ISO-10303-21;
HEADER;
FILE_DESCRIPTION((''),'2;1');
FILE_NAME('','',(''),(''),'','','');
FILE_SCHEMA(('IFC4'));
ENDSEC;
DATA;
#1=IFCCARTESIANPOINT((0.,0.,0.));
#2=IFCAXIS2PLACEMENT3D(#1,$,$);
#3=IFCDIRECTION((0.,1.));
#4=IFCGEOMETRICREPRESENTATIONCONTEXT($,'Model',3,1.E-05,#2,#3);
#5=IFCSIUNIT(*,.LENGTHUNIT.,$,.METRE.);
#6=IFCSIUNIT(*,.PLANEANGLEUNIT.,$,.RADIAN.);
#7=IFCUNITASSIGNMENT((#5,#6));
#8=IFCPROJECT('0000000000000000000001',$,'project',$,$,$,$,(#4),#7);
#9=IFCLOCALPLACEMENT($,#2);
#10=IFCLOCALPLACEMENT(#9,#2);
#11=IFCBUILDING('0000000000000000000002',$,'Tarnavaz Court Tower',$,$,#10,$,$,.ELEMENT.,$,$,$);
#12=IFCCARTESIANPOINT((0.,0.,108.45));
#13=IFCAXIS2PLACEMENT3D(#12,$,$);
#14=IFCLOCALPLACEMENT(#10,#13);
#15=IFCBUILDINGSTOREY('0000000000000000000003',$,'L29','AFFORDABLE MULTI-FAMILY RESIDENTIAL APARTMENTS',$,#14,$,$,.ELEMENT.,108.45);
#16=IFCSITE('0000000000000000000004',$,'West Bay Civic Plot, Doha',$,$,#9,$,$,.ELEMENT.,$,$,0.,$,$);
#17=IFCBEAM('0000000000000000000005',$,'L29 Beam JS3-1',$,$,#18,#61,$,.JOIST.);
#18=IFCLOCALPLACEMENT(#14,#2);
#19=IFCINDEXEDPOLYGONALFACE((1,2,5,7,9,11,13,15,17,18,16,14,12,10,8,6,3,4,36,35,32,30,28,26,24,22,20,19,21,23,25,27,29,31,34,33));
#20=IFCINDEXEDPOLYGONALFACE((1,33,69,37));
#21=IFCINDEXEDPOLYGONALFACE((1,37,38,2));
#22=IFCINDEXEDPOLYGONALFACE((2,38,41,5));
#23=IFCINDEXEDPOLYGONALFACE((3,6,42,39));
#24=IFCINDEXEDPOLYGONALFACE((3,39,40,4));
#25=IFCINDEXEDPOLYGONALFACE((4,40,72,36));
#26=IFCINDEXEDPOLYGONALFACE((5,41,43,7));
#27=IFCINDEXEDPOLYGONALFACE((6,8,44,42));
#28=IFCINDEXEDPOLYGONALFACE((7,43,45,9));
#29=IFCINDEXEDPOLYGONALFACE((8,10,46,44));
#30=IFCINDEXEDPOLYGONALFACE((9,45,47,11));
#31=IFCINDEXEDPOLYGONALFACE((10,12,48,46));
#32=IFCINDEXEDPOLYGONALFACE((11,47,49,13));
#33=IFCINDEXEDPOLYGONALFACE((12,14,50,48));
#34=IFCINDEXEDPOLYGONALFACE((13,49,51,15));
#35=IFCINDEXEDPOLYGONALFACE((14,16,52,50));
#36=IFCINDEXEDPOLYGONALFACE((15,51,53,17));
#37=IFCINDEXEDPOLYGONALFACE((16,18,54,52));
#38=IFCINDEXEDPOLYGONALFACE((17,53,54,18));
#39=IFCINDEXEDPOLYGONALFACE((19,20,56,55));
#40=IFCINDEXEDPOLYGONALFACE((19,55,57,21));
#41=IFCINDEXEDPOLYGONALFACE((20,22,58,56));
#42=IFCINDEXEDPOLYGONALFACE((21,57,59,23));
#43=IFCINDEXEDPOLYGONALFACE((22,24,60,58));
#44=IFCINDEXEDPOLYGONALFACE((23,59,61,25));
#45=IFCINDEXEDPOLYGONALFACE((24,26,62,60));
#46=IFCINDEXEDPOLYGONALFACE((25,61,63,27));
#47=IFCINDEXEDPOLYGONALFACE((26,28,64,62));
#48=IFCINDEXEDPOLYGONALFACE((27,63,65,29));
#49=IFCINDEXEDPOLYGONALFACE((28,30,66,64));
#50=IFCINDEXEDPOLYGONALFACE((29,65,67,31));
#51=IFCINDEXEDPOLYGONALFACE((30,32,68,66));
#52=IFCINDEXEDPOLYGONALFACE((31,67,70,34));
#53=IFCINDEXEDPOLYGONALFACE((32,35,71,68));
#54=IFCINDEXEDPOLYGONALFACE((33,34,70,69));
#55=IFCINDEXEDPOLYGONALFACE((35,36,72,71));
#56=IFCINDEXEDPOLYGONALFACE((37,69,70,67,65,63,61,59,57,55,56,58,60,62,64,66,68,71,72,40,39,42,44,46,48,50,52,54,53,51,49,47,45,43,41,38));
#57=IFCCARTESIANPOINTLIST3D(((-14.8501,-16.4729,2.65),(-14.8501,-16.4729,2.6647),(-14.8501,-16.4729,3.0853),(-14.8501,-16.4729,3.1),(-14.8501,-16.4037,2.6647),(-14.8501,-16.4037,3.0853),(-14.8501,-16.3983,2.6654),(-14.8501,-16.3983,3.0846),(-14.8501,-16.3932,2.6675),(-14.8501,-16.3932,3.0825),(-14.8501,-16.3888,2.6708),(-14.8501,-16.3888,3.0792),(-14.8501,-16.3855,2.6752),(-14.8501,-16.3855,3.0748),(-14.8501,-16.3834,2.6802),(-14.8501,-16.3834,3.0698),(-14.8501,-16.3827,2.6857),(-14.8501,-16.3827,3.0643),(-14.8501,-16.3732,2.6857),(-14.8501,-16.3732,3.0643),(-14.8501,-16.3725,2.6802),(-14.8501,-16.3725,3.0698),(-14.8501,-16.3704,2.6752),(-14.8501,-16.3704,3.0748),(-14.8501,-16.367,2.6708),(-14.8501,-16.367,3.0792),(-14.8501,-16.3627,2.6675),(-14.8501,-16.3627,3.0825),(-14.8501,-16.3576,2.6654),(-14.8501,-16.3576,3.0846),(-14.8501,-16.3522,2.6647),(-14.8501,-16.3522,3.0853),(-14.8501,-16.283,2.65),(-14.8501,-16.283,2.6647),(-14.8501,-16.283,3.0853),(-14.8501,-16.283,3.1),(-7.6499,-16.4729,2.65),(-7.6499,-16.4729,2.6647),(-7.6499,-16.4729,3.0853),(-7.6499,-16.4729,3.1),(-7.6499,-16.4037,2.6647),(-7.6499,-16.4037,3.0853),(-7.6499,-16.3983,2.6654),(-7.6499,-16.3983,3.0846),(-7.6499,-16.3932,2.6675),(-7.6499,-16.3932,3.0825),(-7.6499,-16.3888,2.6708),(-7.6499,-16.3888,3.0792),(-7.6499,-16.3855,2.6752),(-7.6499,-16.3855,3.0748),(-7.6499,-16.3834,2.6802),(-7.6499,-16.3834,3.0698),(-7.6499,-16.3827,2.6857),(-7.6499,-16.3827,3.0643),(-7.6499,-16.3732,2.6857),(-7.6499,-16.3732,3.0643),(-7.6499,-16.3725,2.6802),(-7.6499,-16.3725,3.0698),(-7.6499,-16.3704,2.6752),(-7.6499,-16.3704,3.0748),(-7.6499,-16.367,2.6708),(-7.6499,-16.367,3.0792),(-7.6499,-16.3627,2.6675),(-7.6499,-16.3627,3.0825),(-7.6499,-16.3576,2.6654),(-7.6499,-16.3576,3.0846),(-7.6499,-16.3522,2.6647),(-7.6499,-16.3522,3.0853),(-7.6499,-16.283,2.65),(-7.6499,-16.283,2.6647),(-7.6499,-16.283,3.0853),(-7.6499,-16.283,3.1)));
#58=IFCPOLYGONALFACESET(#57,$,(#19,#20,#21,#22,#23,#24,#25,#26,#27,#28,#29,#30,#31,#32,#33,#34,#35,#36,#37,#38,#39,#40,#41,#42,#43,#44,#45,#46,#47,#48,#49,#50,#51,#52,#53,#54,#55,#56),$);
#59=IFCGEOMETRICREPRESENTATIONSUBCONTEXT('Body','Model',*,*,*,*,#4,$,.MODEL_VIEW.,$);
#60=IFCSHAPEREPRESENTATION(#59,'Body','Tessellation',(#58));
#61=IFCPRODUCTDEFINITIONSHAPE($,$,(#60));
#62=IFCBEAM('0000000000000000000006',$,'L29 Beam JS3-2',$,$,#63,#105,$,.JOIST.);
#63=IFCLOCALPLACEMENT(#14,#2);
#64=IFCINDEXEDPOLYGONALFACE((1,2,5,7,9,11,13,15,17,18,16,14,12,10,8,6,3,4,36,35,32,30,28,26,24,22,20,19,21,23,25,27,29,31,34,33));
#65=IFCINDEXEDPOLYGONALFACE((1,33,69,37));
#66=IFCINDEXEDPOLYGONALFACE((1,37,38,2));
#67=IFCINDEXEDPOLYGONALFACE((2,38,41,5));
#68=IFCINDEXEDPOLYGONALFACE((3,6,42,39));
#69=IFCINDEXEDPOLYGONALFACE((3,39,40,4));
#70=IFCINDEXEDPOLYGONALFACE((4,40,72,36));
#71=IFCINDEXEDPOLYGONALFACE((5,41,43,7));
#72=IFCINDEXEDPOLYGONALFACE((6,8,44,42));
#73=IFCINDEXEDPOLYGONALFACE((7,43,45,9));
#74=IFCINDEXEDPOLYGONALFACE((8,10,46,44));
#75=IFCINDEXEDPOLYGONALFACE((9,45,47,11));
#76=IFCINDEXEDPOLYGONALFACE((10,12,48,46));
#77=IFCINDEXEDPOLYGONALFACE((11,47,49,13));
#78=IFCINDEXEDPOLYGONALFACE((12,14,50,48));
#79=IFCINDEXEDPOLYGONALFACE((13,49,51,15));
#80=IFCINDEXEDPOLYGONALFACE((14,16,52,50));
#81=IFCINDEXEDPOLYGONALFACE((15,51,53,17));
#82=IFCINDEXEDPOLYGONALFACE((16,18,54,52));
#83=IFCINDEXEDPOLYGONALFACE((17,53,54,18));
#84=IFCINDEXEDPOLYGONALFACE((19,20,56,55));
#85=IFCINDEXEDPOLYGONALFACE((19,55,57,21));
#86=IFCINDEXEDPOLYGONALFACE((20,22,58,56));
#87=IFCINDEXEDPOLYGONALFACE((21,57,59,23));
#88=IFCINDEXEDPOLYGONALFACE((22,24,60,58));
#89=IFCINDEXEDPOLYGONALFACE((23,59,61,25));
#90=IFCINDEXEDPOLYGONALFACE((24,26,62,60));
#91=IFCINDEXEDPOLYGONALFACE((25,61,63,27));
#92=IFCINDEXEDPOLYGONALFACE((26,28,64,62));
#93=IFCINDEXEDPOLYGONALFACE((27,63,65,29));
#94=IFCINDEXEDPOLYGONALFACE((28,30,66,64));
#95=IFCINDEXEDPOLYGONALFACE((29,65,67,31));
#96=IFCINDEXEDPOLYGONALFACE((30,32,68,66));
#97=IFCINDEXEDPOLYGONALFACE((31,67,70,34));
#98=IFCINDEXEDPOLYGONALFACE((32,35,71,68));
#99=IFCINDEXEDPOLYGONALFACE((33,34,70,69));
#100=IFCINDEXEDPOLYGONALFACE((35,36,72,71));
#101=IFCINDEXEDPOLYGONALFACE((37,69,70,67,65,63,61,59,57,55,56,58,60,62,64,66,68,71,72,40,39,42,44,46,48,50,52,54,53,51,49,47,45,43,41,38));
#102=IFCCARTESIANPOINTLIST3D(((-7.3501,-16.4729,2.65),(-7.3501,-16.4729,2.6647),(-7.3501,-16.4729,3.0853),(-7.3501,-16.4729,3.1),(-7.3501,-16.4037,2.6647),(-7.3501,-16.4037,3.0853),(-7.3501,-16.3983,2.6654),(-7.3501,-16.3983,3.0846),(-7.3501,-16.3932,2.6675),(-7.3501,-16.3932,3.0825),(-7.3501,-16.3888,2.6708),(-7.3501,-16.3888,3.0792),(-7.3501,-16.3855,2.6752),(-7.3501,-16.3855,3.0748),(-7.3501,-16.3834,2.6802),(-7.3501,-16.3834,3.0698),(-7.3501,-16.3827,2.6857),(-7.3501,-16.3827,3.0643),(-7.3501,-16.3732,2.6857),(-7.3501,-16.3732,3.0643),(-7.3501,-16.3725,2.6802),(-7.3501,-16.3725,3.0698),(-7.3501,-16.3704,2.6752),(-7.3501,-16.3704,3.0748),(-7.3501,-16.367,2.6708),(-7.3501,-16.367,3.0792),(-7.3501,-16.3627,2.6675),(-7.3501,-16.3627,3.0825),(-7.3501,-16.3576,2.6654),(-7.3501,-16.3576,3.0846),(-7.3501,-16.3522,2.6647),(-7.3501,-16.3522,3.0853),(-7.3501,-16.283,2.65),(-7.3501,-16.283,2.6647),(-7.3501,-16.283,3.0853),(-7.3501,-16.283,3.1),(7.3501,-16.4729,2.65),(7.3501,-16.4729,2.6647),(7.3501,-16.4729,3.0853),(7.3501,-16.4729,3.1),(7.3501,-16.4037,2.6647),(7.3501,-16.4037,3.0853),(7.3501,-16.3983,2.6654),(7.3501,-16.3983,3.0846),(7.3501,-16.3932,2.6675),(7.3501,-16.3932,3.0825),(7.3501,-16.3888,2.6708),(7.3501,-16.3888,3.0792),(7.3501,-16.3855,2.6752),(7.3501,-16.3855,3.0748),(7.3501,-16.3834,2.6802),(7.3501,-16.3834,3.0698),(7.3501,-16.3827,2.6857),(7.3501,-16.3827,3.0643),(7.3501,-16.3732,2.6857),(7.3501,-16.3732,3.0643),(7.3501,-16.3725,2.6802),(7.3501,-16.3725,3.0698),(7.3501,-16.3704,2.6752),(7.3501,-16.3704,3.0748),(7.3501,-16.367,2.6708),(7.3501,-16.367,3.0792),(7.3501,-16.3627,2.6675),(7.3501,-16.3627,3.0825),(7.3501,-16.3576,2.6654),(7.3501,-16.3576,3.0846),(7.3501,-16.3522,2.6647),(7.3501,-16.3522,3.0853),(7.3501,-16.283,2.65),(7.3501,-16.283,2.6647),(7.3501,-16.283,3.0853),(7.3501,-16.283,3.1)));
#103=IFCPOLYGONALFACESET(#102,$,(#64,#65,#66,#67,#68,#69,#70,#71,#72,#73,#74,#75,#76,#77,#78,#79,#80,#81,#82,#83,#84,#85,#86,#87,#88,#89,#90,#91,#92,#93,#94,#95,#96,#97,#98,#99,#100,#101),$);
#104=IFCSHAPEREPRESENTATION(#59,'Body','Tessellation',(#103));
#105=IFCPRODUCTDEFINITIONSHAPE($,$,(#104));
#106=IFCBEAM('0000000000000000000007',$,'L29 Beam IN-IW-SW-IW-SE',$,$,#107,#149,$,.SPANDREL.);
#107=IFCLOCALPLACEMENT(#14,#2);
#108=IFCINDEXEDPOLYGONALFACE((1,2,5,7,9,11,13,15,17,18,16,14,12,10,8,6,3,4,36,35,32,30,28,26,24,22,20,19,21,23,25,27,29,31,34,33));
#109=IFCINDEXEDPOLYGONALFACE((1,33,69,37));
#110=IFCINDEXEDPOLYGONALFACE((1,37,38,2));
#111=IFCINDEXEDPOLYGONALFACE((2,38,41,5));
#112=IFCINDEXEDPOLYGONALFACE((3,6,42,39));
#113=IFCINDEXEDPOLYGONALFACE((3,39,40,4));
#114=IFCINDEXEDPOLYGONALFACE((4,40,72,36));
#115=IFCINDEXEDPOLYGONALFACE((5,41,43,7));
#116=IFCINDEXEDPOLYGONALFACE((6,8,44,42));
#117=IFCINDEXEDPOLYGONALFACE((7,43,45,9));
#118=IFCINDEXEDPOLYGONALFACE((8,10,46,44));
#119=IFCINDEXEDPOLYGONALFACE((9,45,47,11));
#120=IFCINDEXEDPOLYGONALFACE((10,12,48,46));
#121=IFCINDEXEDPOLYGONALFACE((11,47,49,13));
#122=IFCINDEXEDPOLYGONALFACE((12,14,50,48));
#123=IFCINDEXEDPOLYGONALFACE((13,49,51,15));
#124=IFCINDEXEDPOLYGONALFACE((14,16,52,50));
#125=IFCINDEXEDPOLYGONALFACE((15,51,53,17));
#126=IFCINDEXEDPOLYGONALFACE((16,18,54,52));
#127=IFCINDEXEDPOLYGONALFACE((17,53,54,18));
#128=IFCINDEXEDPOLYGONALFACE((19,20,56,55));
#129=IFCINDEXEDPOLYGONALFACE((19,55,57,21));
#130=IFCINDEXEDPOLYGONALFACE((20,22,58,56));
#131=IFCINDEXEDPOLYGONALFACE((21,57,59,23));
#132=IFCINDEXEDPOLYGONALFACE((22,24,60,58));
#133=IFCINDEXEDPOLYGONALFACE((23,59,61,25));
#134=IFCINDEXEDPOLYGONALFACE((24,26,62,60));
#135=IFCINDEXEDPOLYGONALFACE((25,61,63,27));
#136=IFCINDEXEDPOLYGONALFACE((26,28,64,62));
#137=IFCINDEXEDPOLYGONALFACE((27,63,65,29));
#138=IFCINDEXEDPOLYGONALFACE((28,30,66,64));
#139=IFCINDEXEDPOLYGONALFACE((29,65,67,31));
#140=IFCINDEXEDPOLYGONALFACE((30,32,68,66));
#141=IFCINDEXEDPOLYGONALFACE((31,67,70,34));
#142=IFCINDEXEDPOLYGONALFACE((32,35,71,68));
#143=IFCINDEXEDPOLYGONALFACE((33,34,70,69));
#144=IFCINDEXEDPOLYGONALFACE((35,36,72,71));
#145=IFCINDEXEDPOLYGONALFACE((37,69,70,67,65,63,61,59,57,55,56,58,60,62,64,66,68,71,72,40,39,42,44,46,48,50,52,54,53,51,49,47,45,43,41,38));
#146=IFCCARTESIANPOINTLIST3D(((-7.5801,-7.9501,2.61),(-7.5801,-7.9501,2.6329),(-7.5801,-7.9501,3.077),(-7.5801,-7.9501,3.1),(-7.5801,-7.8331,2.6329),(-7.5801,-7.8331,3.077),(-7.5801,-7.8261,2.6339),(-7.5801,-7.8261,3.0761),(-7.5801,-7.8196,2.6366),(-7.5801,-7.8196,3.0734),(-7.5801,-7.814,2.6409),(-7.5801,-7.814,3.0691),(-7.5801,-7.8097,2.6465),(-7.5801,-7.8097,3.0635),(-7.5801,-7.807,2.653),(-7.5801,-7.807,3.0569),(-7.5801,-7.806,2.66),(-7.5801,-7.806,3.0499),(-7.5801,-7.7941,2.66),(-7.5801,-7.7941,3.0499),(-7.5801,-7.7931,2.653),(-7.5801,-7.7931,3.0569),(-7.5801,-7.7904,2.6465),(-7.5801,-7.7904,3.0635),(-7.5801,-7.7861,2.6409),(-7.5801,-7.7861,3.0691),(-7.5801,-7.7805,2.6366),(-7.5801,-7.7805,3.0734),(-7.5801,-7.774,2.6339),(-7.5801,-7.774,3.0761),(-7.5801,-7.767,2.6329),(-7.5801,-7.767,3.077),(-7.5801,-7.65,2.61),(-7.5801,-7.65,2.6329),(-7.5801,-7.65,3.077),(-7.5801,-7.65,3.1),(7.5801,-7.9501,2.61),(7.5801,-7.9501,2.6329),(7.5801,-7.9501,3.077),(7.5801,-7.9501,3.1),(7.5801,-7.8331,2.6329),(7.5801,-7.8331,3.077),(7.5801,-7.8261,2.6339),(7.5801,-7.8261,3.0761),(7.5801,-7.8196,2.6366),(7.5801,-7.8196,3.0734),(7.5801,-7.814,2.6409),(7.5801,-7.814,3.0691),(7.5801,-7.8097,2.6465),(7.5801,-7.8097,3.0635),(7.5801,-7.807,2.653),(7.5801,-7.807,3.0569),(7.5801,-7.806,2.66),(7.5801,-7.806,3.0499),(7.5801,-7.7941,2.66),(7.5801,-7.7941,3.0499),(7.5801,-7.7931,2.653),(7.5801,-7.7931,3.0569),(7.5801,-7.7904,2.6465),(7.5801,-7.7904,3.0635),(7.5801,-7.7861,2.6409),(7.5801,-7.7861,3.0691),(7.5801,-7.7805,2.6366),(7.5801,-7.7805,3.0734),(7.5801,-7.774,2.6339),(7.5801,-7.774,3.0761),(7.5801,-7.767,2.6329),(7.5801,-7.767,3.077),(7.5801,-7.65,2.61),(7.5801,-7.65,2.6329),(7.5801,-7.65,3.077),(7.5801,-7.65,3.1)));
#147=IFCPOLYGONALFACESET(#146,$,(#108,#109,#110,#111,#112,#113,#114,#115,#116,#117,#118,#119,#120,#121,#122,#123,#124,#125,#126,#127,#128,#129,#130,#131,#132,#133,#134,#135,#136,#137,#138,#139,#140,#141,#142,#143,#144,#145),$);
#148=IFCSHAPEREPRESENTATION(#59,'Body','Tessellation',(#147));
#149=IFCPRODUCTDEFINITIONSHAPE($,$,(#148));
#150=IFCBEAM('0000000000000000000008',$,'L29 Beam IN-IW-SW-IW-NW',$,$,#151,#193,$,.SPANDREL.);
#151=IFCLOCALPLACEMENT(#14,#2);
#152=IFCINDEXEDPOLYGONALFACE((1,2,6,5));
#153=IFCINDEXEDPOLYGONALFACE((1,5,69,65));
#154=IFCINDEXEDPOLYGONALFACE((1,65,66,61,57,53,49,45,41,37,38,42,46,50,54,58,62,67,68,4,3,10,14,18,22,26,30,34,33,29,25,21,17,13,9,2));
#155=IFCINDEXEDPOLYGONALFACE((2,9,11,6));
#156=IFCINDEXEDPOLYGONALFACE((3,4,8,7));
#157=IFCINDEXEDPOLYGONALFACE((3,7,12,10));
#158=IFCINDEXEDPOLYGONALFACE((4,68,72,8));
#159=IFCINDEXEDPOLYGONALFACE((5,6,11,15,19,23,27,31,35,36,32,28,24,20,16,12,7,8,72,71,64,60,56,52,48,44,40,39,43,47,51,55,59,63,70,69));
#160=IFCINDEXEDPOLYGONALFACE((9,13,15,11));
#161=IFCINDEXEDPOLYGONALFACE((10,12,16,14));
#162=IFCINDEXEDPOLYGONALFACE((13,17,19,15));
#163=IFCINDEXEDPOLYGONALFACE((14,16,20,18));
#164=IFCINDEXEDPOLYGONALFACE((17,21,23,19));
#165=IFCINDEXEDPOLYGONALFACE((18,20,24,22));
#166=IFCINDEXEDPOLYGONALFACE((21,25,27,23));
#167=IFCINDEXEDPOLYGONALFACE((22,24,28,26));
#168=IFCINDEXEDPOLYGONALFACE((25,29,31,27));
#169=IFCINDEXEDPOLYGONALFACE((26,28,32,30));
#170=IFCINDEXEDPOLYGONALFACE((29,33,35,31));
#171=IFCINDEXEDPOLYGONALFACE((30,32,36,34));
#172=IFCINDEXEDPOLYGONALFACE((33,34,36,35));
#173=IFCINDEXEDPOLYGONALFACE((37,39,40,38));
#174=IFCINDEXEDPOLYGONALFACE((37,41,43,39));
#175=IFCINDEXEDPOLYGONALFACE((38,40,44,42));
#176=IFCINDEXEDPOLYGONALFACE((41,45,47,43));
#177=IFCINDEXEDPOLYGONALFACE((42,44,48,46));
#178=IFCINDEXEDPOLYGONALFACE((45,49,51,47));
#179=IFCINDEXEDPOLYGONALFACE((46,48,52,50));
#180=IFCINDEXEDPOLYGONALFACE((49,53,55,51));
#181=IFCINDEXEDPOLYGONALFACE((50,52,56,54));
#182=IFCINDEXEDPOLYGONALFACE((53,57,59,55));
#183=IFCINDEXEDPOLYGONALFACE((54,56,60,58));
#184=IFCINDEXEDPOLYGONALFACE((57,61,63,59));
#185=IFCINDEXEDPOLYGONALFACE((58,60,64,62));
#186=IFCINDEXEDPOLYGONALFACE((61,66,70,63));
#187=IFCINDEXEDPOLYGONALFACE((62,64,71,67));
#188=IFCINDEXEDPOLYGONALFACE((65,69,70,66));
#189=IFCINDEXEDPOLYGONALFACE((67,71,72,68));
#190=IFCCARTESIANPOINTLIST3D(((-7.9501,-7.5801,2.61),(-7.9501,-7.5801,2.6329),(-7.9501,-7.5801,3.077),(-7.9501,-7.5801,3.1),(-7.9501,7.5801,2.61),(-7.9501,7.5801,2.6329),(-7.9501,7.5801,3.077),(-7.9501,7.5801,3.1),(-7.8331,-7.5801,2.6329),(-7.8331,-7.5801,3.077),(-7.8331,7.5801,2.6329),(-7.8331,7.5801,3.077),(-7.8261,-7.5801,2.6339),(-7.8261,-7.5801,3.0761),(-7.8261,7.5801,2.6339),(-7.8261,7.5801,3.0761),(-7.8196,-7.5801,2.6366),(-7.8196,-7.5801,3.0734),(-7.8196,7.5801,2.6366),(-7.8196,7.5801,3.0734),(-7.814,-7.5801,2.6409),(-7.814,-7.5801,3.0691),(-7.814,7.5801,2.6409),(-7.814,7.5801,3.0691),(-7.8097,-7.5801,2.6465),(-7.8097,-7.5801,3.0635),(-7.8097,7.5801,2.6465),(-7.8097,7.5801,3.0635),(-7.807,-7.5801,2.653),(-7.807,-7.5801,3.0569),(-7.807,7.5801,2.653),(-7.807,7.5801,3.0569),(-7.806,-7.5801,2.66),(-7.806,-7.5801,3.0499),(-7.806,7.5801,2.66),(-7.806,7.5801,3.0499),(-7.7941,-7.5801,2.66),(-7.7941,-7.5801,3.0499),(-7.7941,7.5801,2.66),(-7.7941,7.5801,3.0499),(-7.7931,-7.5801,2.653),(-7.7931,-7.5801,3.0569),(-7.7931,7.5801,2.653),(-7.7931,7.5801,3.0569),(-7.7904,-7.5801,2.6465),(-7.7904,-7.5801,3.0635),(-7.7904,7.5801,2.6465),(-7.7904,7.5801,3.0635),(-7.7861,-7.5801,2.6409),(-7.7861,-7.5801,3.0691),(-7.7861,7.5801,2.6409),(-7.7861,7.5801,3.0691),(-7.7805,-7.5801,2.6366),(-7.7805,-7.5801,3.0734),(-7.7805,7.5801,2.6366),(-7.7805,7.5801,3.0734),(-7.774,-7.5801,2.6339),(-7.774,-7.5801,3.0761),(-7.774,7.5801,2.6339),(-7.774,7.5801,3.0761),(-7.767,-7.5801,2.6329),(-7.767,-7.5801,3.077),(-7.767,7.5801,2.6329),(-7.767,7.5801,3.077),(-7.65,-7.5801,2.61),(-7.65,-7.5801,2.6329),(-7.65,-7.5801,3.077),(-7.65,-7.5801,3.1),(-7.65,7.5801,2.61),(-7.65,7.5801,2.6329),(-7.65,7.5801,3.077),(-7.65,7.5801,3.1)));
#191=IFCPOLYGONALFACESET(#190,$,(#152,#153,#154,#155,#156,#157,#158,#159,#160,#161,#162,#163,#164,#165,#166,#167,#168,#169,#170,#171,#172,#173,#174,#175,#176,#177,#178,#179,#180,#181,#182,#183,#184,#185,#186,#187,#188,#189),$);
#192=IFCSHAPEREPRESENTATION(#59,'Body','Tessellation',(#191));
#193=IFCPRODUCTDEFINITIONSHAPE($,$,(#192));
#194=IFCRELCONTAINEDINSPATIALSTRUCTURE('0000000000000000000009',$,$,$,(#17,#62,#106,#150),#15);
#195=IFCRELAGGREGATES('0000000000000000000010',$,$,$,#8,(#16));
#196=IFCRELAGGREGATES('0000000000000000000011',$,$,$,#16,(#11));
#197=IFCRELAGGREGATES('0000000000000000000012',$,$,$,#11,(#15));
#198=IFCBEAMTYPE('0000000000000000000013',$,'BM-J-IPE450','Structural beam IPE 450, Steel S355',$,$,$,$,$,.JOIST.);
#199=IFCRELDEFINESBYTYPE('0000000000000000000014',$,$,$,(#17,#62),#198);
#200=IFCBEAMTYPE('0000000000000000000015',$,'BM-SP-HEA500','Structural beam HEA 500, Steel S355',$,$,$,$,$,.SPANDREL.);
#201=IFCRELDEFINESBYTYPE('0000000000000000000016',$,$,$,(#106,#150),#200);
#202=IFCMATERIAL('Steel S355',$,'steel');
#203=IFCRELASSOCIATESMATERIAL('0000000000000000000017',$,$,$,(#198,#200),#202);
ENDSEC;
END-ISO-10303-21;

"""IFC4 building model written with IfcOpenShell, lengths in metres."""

from ifc_helpers import new_model, si_unit, direction, frame, origin, origin_2d, place, context, subcontext, project, spatial, i_section, extrude, material, material_profile, profile_set, type_object, element, save


model = new_model("IFC4")

# Units and contexts
model_context = context("Model", 3, precision=1e-05, world=origin(), true_north=direction((0.0, 1.0)))
body_context = subcontext(model_context, "Body", "Model", "MODEL_VIEW")
ifc_project = project(units=[si_unit("LENGTHUNIT", "METRE"), si_unit("PLANEANGLEUNIT", "RADIAN")], contexts=[model_context])

# Site, building, storey
site_placement = place(None, origin())
site = spatial("IfcSite", under=ifc_project, at=site_placement, Name="West Bay Civic Plot, Doha", CompositionType="ELEMENT", RefElevation=0.0)
building_placement = place(site_placement, origin())
building = spatial("IfcBuilding", under=site, at=building_placement, Name="Tarnavaz Court Tower", CompositionType="ELEMENT")
storey_placement = place(building_placement, frame((0.0, 0.0, 108.45)))
storey = spatial("IfcBuildingStorey", under=building, at=storey_placement, Name="L29", Description="AFFORDABLE MULTI-FAMILY RESIDENTIAL APARTMENTS", CompositionType="ELEMENT", Elevation=108.45)

# Beams
ifc_material_1 = material(Name="Steel S355", Category="steel")
ifc_material_profile_1 = material_profile(ifc_material_1, i_section(OverallWidth=0.1899, OverallDepth=0.45, WebThickness=0.0095, FlangeThickness=0.0146, FilletRadius=0.021, at=origin_2d()), Name="IPE 450")
ifc_profile_set_1 = profile_set([ifc_material_profile_1], Name="Steel S355")
beam_type_1 = type_object("IfcBeamType", Name="BM-J-IPE450", Description="Structural beam IPE 450, Steel S355", PredefinedType="JOIST", material=ifc_profile_set_1)
beam_1_placement = place(storey_placement, frame((-14.8501, -16.3779, 2.875), z_axis=(1.0, 0.0, 0.0), x_axis=(0.0, 1.0, 0.0)))
element("IfcBeam", 1, at=beam_1_placement, inside=storey, type_object=beam_type_1, Name="L29 Beam JS3-1", PredefinedType="JOIST", context=body_context, shape_type="SweptSolid", body=[
    extrude(i_section(OverallWidth=0.1899, OverallDepth=0.45, WebThickness=0.0095, FlangeThickness=0.0146, FilletRadius=0.021, at=origin_2d()), origin(), (0.0, 0.0, 1.0), 7.2002),
])
beam_2_placement = place(storey_placement, frame((-7.3501, -16.3779, 2.875), z_axis=(1.0, 0.0, 0.0), x_axis=(0.0, 1.0, 0.0)))
element("IfcBeam", 2, at=beam_2_placement, inside=storey, type_object=beam_type_1, Name="L29 Beam JS3-2", PredefinedType="JOIST", context=body_context, shape_type="SweptSolid", body=[
    extrude(i_section(OverallWidth=0.1899, OverallDepth=0.45, WebThickness=0.0095, FlangeThickness=0.0146, FilletRadius=0.021, at=origin_2d()), origin(), (0.0, 0.0, 1.0), 14.7002),
])
ifc_material_profile_2 = material_profile(ifc_material_1, i_section(OverallWidth=0.3, OverallDepth=0.49, WebThickness=0.012, FlangeThickness=0.0229, FilletRadius=0.0271, at=origin_2d()), Name="HEA 500")
ifc_profile_set_2 = profile_set([ifc_material_profile_2], Name="Steel S355")
beam_type_2 = type_object("IfcBeamType", Name="BM-SP-HEA500", Description="Structural beam HEA 500, Steel S355", PredefinedType="SPANDREL", material=ifc_profile_set_2)
for number, where, z_axis, x_axis, name in (
    (3, (-7.5801, -7.8, 2.855), (1.0, 0.0, 0.0), (0.0, 1.0, 0.0), "L29 Beam IN-IW-SW-IW-SE"),
    (4, (-7.8, -7.5801, 2.855), (0.0, 1.0, 0.0), (-1.0, 0.0, 0.0), "L29 Beam IN-IW-SW-IW-NW"),
):
    element("IfcBeam", number, at=place(storey_placement, frame(where, z_axis=z_axis, x_axis=x_axis)), inside=storey, type_object=beam_type_2, Name=name, PredefinedType="SPANDREL", context=body_context, shape_type="SweptSolid", body=[
        extrude(i_section(OverallWidth=0.3, OverallDepth=0.49, WebThickness=0.012, FlangeThickness=0.0229, FilletRadius=0.0271, at=origin_2d()), origin(), (0.0, 0.0, 1.0), 15.1602),
    ])

save(model, "model.ifc")
